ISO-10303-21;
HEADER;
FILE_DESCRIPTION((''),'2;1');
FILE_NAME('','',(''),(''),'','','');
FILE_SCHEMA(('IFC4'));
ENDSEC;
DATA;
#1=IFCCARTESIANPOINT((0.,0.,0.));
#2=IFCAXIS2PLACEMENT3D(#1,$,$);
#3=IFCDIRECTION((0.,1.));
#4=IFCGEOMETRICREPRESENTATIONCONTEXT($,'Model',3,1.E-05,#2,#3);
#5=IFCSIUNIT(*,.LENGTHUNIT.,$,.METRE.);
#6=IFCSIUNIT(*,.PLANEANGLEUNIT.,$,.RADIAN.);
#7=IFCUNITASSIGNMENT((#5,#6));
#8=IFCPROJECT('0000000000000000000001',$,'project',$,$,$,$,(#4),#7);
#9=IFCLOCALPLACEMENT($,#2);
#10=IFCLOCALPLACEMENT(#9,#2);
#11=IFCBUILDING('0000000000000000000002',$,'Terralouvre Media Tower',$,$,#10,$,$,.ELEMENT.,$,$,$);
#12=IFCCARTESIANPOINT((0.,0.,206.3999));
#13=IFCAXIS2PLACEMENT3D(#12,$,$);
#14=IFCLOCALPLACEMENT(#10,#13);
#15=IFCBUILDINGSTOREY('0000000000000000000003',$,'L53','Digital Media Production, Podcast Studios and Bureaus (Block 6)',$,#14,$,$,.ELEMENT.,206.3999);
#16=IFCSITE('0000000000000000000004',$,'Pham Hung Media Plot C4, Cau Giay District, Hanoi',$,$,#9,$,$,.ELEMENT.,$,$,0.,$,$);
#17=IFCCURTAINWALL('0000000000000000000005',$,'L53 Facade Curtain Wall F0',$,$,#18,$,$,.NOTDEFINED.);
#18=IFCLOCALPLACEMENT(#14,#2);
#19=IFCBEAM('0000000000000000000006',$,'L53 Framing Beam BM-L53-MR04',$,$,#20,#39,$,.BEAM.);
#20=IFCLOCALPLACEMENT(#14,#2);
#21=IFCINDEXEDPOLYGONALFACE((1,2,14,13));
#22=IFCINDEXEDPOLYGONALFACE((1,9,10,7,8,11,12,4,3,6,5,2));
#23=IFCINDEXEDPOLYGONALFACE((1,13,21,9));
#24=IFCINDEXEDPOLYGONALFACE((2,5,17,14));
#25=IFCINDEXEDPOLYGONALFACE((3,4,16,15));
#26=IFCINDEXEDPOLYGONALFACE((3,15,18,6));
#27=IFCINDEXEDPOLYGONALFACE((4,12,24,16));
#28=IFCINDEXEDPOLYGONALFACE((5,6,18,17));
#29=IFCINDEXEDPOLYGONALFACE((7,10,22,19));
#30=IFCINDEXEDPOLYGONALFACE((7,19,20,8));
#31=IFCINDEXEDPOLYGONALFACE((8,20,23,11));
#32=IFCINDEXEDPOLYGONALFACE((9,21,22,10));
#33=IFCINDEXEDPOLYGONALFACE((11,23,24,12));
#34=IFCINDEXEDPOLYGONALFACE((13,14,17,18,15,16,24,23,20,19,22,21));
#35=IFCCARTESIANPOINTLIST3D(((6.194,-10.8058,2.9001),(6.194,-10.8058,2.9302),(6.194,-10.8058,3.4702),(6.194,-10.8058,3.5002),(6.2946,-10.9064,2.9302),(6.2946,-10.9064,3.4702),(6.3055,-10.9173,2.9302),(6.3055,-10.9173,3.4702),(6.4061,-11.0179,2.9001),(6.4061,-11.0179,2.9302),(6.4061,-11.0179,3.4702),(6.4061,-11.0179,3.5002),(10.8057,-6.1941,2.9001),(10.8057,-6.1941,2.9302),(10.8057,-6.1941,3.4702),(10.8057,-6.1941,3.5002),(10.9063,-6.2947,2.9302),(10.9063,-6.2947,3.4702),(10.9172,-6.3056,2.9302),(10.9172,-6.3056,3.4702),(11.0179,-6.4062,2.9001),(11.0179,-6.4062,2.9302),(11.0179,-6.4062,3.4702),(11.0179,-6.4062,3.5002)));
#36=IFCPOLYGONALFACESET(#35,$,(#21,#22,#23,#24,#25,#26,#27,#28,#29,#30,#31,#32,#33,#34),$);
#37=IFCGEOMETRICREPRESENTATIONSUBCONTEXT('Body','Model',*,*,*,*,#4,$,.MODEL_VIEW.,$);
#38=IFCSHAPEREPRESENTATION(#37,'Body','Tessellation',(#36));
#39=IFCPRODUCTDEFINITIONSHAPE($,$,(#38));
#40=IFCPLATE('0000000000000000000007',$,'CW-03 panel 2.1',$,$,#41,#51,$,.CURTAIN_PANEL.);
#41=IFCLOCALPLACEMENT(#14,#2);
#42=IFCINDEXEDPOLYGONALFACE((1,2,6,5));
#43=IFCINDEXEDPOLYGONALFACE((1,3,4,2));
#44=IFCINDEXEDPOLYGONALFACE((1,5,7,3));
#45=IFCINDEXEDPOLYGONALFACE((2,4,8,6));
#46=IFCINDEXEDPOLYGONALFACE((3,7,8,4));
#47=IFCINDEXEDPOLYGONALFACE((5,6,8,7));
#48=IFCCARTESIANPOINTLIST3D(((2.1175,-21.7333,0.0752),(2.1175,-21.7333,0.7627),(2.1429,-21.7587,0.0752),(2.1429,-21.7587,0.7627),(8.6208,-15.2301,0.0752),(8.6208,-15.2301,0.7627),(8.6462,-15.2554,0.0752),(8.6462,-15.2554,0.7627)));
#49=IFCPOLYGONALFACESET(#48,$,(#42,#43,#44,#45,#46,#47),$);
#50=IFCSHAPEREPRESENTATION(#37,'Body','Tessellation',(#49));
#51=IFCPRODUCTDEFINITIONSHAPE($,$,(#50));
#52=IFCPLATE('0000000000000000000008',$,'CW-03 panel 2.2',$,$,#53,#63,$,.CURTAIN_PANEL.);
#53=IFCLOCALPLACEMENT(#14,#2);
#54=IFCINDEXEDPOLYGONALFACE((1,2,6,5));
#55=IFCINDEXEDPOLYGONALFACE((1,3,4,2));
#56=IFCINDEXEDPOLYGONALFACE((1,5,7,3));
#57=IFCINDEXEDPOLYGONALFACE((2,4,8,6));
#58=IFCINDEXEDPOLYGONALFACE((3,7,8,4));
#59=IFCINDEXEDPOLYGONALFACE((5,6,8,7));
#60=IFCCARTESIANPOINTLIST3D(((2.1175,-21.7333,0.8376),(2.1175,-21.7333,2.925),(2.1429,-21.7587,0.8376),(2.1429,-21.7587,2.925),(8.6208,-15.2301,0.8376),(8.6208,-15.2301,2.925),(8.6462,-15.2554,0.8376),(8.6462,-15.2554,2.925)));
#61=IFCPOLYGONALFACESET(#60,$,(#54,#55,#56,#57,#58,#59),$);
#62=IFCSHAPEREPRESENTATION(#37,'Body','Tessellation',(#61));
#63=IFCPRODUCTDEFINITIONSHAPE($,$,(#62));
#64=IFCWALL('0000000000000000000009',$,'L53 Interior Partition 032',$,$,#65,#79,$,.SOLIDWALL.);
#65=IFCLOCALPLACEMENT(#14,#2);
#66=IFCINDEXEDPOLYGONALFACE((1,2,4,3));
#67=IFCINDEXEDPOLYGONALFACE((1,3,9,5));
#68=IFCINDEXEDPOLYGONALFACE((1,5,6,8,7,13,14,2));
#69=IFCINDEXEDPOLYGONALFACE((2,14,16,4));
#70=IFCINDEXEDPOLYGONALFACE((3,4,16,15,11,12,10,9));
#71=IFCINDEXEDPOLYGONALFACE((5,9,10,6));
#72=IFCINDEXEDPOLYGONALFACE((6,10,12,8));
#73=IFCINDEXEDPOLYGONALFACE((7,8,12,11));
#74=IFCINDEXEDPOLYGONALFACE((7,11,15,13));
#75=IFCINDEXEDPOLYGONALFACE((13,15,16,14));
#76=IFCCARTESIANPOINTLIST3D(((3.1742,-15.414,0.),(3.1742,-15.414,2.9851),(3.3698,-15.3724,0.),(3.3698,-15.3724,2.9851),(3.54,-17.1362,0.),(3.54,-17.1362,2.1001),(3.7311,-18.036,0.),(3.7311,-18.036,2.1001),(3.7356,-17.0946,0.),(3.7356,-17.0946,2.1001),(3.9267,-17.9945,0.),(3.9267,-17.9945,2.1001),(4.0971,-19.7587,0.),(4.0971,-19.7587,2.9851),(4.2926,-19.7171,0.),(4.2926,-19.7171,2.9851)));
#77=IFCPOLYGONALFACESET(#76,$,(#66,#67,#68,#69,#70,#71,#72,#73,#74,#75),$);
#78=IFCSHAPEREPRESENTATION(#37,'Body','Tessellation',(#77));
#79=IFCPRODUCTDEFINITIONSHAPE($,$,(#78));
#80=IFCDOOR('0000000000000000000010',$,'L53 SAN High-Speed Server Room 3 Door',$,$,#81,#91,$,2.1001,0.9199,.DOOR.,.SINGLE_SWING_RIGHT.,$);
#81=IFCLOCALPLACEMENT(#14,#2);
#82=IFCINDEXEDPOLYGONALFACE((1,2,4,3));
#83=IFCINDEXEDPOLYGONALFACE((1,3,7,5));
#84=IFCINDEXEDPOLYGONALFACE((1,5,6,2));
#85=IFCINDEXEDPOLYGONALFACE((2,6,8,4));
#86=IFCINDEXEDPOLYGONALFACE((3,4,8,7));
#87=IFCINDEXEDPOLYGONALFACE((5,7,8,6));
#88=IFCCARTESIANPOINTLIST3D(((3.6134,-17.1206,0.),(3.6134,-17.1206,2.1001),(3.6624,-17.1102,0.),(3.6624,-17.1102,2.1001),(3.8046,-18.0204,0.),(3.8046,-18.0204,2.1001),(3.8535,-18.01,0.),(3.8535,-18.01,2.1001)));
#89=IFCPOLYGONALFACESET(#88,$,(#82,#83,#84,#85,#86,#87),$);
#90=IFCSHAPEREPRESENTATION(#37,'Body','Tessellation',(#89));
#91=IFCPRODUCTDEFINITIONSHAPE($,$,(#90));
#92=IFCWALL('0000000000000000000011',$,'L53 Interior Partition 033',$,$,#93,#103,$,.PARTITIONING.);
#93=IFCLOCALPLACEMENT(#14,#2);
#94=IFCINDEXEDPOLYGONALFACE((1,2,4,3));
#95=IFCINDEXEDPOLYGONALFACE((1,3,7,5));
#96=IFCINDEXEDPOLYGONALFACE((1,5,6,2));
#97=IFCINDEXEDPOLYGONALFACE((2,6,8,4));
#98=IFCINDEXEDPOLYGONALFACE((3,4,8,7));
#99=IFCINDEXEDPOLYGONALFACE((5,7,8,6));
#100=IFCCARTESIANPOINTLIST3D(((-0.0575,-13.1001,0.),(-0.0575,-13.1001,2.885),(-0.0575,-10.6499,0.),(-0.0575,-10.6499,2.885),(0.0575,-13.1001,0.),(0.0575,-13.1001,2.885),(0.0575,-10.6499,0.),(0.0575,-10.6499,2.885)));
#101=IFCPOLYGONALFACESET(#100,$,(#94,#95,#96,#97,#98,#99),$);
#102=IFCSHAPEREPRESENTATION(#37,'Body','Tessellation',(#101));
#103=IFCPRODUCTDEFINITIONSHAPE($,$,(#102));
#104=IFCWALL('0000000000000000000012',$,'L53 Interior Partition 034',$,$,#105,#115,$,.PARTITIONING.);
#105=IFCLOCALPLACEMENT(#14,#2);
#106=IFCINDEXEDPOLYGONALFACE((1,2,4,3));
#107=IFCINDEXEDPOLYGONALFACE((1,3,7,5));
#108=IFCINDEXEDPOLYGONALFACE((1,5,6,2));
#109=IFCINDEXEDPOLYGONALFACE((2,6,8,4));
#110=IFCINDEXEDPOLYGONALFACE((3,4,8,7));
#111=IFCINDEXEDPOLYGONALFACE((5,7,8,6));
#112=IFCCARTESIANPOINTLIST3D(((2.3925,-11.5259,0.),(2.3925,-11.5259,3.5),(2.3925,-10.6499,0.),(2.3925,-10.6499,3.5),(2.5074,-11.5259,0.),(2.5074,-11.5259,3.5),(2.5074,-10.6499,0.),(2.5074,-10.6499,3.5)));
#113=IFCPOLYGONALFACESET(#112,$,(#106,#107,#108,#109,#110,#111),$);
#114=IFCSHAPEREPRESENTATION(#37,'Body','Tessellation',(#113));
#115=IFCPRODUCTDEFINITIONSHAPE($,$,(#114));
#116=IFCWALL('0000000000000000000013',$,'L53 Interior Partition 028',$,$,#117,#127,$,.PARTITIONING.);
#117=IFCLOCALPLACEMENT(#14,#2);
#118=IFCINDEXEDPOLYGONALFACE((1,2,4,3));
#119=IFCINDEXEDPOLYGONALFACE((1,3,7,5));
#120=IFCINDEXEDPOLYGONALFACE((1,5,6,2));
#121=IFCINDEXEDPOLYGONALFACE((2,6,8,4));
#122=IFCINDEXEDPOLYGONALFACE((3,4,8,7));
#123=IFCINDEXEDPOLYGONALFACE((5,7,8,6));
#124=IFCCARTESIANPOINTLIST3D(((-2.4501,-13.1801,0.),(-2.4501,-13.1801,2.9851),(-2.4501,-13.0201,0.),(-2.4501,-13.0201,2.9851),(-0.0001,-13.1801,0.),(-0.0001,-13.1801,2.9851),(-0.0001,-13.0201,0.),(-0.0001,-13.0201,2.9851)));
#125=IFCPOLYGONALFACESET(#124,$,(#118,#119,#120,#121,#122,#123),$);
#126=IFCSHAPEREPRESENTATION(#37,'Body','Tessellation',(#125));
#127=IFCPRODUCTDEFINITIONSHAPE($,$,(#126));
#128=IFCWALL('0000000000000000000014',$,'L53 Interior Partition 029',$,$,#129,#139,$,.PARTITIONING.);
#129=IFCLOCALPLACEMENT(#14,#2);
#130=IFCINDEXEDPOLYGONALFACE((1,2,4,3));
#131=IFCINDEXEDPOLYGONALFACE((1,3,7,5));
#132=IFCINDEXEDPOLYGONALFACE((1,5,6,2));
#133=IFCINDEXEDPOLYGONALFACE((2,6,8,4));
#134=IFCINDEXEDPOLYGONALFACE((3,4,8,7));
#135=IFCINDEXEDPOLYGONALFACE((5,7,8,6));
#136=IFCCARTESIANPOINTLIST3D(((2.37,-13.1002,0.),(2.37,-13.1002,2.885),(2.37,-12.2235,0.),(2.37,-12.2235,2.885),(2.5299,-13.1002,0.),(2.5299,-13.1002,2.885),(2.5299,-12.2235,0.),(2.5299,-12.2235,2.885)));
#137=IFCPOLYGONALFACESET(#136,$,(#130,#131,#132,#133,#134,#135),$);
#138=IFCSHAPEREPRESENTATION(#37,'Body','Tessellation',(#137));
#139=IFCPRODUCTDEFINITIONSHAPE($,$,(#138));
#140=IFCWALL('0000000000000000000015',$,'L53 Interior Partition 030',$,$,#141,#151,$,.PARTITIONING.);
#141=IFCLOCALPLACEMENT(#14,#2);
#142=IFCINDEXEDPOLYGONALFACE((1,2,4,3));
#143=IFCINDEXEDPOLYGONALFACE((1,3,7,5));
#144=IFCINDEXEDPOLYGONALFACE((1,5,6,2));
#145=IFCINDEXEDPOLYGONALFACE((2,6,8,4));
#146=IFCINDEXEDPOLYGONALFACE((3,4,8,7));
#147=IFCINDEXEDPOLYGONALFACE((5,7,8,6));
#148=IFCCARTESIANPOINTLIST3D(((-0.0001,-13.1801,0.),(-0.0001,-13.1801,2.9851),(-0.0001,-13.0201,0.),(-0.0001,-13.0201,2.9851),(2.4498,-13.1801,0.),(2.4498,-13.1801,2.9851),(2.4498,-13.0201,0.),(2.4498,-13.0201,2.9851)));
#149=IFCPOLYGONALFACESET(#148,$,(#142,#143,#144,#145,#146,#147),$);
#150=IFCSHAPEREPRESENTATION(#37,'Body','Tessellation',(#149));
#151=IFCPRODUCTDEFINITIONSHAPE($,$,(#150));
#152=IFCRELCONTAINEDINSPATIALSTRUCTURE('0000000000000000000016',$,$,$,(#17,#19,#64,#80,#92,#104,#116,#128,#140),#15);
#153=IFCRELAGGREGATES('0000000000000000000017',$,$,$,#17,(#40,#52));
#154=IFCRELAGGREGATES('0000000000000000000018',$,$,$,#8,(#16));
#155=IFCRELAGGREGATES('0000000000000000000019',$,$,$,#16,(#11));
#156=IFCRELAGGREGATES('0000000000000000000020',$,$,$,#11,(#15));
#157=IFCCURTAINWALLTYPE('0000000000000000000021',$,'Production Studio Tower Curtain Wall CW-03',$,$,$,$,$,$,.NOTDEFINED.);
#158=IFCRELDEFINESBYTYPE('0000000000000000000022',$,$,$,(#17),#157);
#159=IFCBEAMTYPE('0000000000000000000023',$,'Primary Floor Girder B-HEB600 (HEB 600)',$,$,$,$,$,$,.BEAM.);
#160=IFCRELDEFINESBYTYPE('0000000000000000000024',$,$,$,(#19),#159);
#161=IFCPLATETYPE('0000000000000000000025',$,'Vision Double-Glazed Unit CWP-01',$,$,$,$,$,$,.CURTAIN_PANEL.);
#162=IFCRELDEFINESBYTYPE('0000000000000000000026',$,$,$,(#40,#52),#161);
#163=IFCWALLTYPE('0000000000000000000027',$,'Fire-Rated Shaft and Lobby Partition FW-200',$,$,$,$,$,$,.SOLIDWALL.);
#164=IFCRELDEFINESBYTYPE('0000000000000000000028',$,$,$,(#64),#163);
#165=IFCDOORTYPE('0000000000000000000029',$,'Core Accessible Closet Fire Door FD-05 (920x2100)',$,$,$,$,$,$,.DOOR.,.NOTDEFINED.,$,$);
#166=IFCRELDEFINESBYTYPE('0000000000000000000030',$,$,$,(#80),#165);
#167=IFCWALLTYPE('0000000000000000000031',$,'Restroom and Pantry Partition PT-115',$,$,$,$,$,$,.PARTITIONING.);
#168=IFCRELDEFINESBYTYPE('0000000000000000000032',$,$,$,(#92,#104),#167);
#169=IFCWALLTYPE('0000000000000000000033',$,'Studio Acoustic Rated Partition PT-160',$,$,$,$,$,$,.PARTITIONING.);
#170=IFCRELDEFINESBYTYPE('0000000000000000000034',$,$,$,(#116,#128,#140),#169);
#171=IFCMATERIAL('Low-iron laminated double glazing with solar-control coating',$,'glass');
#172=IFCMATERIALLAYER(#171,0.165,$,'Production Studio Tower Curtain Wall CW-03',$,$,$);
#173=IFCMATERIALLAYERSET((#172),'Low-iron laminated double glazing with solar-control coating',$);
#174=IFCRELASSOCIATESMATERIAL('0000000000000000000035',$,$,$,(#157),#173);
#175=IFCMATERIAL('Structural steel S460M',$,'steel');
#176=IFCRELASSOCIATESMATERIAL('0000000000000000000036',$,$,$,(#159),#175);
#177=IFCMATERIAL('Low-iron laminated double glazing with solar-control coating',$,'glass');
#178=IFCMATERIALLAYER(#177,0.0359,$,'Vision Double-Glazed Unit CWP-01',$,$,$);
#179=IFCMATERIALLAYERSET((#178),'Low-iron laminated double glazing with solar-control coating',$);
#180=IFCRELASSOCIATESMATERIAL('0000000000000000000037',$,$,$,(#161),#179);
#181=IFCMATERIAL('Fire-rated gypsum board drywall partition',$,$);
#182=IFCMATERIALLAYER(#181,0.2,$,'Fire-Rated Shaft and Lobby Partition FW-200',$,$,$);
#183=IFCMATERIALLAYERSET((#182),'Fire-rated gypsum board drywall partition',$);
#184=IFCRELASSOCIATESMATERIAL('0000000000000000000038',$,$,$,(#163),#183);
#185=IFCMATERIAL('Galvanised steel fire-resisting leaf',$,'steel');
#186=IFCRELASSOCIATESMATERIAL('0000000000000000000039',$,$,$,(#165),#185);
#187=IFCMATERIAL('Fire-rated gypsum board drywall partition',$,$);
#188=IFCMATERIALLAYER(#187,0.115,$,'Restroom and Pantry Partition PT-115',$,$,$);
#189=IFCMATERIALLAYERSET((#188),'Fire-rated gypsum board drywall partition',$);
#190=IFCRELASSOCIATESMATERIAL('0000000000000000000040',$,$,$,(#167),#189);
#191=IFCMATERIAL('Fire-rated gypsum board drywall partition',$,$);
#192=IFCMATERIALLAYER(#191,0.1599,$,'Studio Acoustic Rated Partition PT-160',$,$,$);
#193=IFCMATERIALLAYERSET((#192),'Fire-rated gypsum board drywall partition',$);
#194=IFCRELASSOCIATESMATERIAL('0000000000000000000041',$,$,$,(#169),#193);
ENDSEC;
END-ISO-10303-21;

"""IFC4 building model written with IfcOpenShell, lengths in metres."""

from ifc_helpers import new_model, si_unit, direction, frame, frame_2d, origin, origin_2d, place, context, subcontext, project, spatial, rectangle, i_section, extrude, material, layer, layer_set, material_profile, profile_set, type_object, element, fill, aggregate, save


model = new_model("IFC4")

# Units and contexts
model_context = context("Model", 3, precision=1e-05, world=origin(), true_north=direction((0.0, 1.0)))
body_context = subcontext(model_context, "Body", "Model", "MODEL_VIEW")
ifc_project = project(units=[si_unit("LENGTHUNIT", "METRE"), si_unit("PLANEANGLEUNIT", "RADIAN")], contexts=[model_context])

# Site, building, storey
site_placement = place(None, origin())
site = spatial("IfcSite", under=ifc_project, at=site_placement, Name="Pham Hung Media Plot C4, Cau Giay District, Hanoi", CompositionType="ELEMENT", RefElevation=0.0)
building_placement = place(site_placement, origin())
building = spatial("IfcBuilding", under=site, at=building_placement, Name="Terralouvre Media Tower", CompositionType="ELEMENT")
storey_placement = place(building_placement, frame((0.0, 0.0, 206.3999)))
storey = spatial("IfcBuildingStorey", under=building, at=storey_placement, Name="L53", Description="Digital Media Production, Podcast Studios and Bureaus (Block 6)", CompositionType="ELEMENT", Elevation=206.3999)

# Curtain wall
ifc_material_1 = material(Name="Low-iron laminated double glazing with solar-control coating", Category="glass")
ifc_layer_1 = layer(ifc_material_1, 0.165, Name="Production Studio Tower Curtain Wall CW-03")
ifc_layer_set_1 = layer_set([ifc_layer_1], Name="Low-iron laminated double glazing with solar-control coating")
curtain_wall_type = type_object("IfcCurtainWallType", Name="Production Studio Tower Curtain Wall CW-03", PredefinedType="NOTDEFINED", material=ifc_layer_set_1)
curtain_wall_placement = place(storey_placement, origin())
curtain_wall = element("IfcCurtainWall", 1, at=curtain_wall_placement, inside=storey, type_object=curtain_wall_type, Name="L53 Facade Curtain Wall F0", PredefinedType="NOTDEFINED")

# Beam
ifc_material_2 = material(Name="Structural steel S460M", Category="steel")
ifc_material_profile_1 = material_profile(ifc_material_2, i_section(OverallWidth=0.3, OverallDepth=0.6001, WebThickness=0.0154, FlangeThickness=0.03, at=origin_2d()), Name="HEB 600")
ifc_profile_set_1 = profile_set([ifc_material_profile_1], Name="Structural steel S460M")
beam_type_1 = type_object("IfcBeamType", Name="Primary Floor Girder B-HEB600 (HEB 600)", PredefinedType="BEAM", material=ifc_profile_set_1)
beam_1_placement = place(storey_placement, frame((6.3, -10.9119, 3.2002), z_axis=(0.707107, 0.707107, 0.0), x_axis=(-0.707107, 0.707107, 0.0)))
element("IfcBeam", 2, at=beam_1_placement, inside=storey, type_object=beam_type_1, Name="L53 Framing Beam BM-L53-MR04", PredefinedType="BEAM", context=body_context, shape_type="SweptSolid", body=[
    extrude(i_section(OverallWidth=0.3, OverallDepth=0.6001, WebThickness=0.0154, FlangeThickness=0.03, at=origin_2d()), origin(), (0.0, 0.0, 1.0), 6.522),
])

# Plates
ifc_material_3 = material(Name="Low-iron laminated double glazing with solar-control coating", Category="glass")
ifc_layer_2 = layer(ifc_material_3, 0.0359, Name="Vision Double-Glazed Unit CWP-01")
ifc_layer_set_2 = layer_set([ifc_layer_2], Name="Low-iron laminated double glazing with solar-control coating")
plate_type = type_object("IfcPlateType", Name="Vision Double-Glazed Unit CWP-01", PredefinedType="CURTAIN_PANEL", material=ifc_layer_set_2)
plate_1_placement = place(storey_placement, frame((5.3818, -18.4944, 0.0752), z_axis=(0.0, 0.0, 1.0), x_axis=(0.707107, 0.707107, 0.0)))
plate_1 = element("IfcPlate", 3, at=plate_1_placement, type_object=plate_type, Name="CW-03 panel 2.1", PredefinedType="CURTAIN_PANEL", context=body_context, shape_type="SweptSolid", body=[
    extrude(rectangle(XDim=9.197, YDim=0.0359, at=origin_2d()), origin(), (0.0, 0.0, 1.0), 0.6875),
])
plate_2_placement = place(storey_placement, frame((5.3818, -18.4944, 0.8376), z_axis=(0.0, 0.0, 1.0), x_axis=(0.707107, 0.707107, 0.0)))
plate_2 = element("IfcPlate", 4, at=plate_2_placement, type_object=plate_type, Name="CW-03 panel 2.2", PredefinedType="CURTAIN_PANEL", context=body_context, shape_type="SweptSolid", body=[
    extrude(rectangle(XDim=9.197, YDim=0.0359, at=origin_2d()), origin(), (0.0, 0.0, 1.0), 2.0874),
])
aggregate(curtain_wall, [plate_1, plate_2])

# Wall, opening, door
ifc_material_4 = material(Name="Fire-rated gypsum board drywall partition")
ifc_layer_3 = layer(ifc_material_4, 0.2, Name="Fire-Rated Shaft and Lobby Partition FW-200")
ifc_layer_set_3 = layer_set([ifc_layer_3], Name="Fire-rated gypsum board drywall partition")
wall_type_1 = type_object("IfcWallType", Name="Fire-Rated Shaft and Lobby Partition FW-200", PredefinedType="SOLIDWALL", material=ifc_layer_set_3)
wall_1_placement = place(storey_placement, frame((4.1948, -19.7378, 0.0), z_axis=(0.0, 0.0, 1.0), x_axis=(-0.207772, 0.978177, 0.0)))
wall_1 = element("IfcWall", 5, at=wall_1_placement, inside=storey, type_object=wall_type_1, Name="L53 Interior Partition 032", PredefinedType="SOLIDWALL", context=body_context, shape_type="SweptSolid", body=[
    extrude(rectangle(XDim=4.4417, YDim=0.2, at=frame_2d((2.2207, 0.0))), origin(), (0.0, 0.0, 1.0), 2.9851),
])
opening_1_placement = place(wall_1_placement, frame((1.761, 0.0, 0.0)))
opening_1 = element("IfcOpeningElement", 6, at=opening_1_placement, cuts=wall_1, PredefinedType="OPENING", context=body_context, shape_type="SweptSolid", body=[
    extrude(rectangle(XDim=0.9199, YDim=2.1001, at=frame_2d((0.46, 1.05))), frame((0.0, 0.1099, 0.0), z_axis=(0.0, -1.0, 0.0), x_axis=(1.0, 0.0, 0.0)), (0.0, 0.0, 1.0), 0.22),
])
ifc_material_5 = material(Name="Galvanised steel fire-resisting leaf", Category="steel")
door_type_1 = type_object("IfcDoorType", Name="Core Accessible Closet Fire Door FD-05 (920x2100)", OperationType="NOTDEFINED", PredefinedType="DOOR", material=ifc_material_5)
door_1_placement = place(opening_1_placement, origin())
door_1 = element("IfcDoor", 7, at=door_1_placement, inside=storey, type_object=door_type_1, Name="L53 SAN High-Speed Server Room 3 Door", OperationType="SINGLE_SWING_RIGHT", OverallHeight=2.1001, OverallWidth=0.9199, PredefinedType="DOOR", context=body_context, shape_type="SweptSolid", body=[
    extrude(rectangle(XDim=0.9199, YDim=2.1001, at=frame_2d((0.46, 1.05))), frame((0.0, 0.0249, 0.0), z_axis=(0.0, -1.0, 0.0), x_axis=(1.0, 0.0, 0.0)), (0.0, 0.0, 1.0), 0.05),
])
fill(opening_1, door_1)

# Walls
ifc_material_6 = material(Name="Fire-rated gypsum board drywall partition")
ifc_layer_4 = layer(ifc_material_6, 0.115, Name="Restroom and Pantry Partition PT-115")
ifc_layer_set_4 = layer_set([ifc_layer_4], Name="Fire-rated gypsum board drywall partition")
wall_type_2 = type_object("IfcWallType", Name="Restroom and Pantry Partition PT-115", PredefinedType="PARTITIONING", material=ifc_layer_set_4)
wall_2_placement = place(storey_placement, frame((0.0, -13.1001, 0.0), z_axis=(0.0, 0.0, 1.0), x_axis=(0.0, 1.0, 0.0)))
element("IfcWall", 8, at=wall_2_placement, inside=storey, type_object=wall_type_2, Name="L53 Interior Partition 033", PredefinedType="PARTITIONING", context=body_context, shape_type="SweptSolid", body=[
    extrude(rectangle(XDim=2.4502, YDim=0.115, at=frame_2d((1.2251, 0.0))), origin(), (0.0, 0.0, 1.0), 2.885),
])
wall_3_placement = place(storey_placement, frame((2.45, -11.5259, 0.0), z_axis=(0.0, 0.0, 1.0), x_axis=(0.0, 1.0, 0.0)))
element("IfcWall", 9, at=wall_3_placement, inside=storey, type_object=wall_type_2, Name="L53 Interior Partition 034", PredefinedType="PARTITIONING", context=body_context, shape_type="SweptSolid", body=[
    extrude(rectangle(XDim=0.876, YDim=0.115, at=frame_2d((0.438, 0.0))), origin(), (0.0, 0.0, 1.0), 3.5),
])
ifc_material_7 = material(Name="Fire-rated gypsum board drywall partition")
ifc_layer_5 = layer(ifc_material_7, 0.1599, Name="Studio Acoustic Rated Partition PT-160")
ifc_layer_set_5 = layer_set([ifc_layer_5], Name="Fire-rated gypsum board drywall partition")
wall_type_3 = type_object("IfcWallType", Name="Studio Acoustic Rated Partition PT-160", PredefinedType="PARTITIONING", material=ifc_layer_set_5)
wall_4_placement = place(storey_placement, frame((0.0, -13.1001, 0.0), z_axis=(0.0, 0.0, 1.0), x_axis=(-1.0, 0.0, 0.0)))
element("IfcWall", 10, at=wall_4_placement, inside=storey, type_object=wall_type_3, Name="L53 Interior Partition 028", PredefinedType="PARTITIONING", context=body_context, shape_type="SweptSolid", body=[
    extrude(rectangle(XDim=2.45, YDim=0.1599, at=frame_2d((1.2251, 0.0))), origin(), (0.0, 0.0, 1.0), 2.9851),
])
wall_5_placement = place(storey_placement, frame((2.45, -12.2234, 0.0), z_axis=(0.0, 0.0, 1.0), x_axis=(0.0, -1.0, 0.0)))
element("IfcWall", 11, at=wall_5_placement, inside=storey, type_object=wall_type_3, Name="L53 Interior Partition 029", PredefinedType="PARTITIONING", context=body_context, shape_type="SweptSolid", body=[
    extrude(rectangle(XDim=0.8767, YDim=0.1599, at=frame_2d((0.4385, 0.0))), origin(), (0.0, 0.0, 1.0), 2.885),
])
wall_6_placement = place(storey_placement, frame((2.45, -13.1001, 0.0), z_axis=(0.0, 0.0, 1.0), x_axis=(-1.0, 0.0, 0.0)))
element("IfcWall", 12, at=wall_6_placement, inside=storey, type_object=wall_type_3, Name="L53 Interior Partition 030", PredefinedType="PARTITIONING", context=body_context, shape_type="SweptSolid", body=[
    extrude(rectangle(XDim=2.45, YDim=0.1599, at=frame_2d((1.2251, 0.0))), origin(), (0.0, 0.0, 1.0), 2.9851),
])

save(model, "model.ifc")
